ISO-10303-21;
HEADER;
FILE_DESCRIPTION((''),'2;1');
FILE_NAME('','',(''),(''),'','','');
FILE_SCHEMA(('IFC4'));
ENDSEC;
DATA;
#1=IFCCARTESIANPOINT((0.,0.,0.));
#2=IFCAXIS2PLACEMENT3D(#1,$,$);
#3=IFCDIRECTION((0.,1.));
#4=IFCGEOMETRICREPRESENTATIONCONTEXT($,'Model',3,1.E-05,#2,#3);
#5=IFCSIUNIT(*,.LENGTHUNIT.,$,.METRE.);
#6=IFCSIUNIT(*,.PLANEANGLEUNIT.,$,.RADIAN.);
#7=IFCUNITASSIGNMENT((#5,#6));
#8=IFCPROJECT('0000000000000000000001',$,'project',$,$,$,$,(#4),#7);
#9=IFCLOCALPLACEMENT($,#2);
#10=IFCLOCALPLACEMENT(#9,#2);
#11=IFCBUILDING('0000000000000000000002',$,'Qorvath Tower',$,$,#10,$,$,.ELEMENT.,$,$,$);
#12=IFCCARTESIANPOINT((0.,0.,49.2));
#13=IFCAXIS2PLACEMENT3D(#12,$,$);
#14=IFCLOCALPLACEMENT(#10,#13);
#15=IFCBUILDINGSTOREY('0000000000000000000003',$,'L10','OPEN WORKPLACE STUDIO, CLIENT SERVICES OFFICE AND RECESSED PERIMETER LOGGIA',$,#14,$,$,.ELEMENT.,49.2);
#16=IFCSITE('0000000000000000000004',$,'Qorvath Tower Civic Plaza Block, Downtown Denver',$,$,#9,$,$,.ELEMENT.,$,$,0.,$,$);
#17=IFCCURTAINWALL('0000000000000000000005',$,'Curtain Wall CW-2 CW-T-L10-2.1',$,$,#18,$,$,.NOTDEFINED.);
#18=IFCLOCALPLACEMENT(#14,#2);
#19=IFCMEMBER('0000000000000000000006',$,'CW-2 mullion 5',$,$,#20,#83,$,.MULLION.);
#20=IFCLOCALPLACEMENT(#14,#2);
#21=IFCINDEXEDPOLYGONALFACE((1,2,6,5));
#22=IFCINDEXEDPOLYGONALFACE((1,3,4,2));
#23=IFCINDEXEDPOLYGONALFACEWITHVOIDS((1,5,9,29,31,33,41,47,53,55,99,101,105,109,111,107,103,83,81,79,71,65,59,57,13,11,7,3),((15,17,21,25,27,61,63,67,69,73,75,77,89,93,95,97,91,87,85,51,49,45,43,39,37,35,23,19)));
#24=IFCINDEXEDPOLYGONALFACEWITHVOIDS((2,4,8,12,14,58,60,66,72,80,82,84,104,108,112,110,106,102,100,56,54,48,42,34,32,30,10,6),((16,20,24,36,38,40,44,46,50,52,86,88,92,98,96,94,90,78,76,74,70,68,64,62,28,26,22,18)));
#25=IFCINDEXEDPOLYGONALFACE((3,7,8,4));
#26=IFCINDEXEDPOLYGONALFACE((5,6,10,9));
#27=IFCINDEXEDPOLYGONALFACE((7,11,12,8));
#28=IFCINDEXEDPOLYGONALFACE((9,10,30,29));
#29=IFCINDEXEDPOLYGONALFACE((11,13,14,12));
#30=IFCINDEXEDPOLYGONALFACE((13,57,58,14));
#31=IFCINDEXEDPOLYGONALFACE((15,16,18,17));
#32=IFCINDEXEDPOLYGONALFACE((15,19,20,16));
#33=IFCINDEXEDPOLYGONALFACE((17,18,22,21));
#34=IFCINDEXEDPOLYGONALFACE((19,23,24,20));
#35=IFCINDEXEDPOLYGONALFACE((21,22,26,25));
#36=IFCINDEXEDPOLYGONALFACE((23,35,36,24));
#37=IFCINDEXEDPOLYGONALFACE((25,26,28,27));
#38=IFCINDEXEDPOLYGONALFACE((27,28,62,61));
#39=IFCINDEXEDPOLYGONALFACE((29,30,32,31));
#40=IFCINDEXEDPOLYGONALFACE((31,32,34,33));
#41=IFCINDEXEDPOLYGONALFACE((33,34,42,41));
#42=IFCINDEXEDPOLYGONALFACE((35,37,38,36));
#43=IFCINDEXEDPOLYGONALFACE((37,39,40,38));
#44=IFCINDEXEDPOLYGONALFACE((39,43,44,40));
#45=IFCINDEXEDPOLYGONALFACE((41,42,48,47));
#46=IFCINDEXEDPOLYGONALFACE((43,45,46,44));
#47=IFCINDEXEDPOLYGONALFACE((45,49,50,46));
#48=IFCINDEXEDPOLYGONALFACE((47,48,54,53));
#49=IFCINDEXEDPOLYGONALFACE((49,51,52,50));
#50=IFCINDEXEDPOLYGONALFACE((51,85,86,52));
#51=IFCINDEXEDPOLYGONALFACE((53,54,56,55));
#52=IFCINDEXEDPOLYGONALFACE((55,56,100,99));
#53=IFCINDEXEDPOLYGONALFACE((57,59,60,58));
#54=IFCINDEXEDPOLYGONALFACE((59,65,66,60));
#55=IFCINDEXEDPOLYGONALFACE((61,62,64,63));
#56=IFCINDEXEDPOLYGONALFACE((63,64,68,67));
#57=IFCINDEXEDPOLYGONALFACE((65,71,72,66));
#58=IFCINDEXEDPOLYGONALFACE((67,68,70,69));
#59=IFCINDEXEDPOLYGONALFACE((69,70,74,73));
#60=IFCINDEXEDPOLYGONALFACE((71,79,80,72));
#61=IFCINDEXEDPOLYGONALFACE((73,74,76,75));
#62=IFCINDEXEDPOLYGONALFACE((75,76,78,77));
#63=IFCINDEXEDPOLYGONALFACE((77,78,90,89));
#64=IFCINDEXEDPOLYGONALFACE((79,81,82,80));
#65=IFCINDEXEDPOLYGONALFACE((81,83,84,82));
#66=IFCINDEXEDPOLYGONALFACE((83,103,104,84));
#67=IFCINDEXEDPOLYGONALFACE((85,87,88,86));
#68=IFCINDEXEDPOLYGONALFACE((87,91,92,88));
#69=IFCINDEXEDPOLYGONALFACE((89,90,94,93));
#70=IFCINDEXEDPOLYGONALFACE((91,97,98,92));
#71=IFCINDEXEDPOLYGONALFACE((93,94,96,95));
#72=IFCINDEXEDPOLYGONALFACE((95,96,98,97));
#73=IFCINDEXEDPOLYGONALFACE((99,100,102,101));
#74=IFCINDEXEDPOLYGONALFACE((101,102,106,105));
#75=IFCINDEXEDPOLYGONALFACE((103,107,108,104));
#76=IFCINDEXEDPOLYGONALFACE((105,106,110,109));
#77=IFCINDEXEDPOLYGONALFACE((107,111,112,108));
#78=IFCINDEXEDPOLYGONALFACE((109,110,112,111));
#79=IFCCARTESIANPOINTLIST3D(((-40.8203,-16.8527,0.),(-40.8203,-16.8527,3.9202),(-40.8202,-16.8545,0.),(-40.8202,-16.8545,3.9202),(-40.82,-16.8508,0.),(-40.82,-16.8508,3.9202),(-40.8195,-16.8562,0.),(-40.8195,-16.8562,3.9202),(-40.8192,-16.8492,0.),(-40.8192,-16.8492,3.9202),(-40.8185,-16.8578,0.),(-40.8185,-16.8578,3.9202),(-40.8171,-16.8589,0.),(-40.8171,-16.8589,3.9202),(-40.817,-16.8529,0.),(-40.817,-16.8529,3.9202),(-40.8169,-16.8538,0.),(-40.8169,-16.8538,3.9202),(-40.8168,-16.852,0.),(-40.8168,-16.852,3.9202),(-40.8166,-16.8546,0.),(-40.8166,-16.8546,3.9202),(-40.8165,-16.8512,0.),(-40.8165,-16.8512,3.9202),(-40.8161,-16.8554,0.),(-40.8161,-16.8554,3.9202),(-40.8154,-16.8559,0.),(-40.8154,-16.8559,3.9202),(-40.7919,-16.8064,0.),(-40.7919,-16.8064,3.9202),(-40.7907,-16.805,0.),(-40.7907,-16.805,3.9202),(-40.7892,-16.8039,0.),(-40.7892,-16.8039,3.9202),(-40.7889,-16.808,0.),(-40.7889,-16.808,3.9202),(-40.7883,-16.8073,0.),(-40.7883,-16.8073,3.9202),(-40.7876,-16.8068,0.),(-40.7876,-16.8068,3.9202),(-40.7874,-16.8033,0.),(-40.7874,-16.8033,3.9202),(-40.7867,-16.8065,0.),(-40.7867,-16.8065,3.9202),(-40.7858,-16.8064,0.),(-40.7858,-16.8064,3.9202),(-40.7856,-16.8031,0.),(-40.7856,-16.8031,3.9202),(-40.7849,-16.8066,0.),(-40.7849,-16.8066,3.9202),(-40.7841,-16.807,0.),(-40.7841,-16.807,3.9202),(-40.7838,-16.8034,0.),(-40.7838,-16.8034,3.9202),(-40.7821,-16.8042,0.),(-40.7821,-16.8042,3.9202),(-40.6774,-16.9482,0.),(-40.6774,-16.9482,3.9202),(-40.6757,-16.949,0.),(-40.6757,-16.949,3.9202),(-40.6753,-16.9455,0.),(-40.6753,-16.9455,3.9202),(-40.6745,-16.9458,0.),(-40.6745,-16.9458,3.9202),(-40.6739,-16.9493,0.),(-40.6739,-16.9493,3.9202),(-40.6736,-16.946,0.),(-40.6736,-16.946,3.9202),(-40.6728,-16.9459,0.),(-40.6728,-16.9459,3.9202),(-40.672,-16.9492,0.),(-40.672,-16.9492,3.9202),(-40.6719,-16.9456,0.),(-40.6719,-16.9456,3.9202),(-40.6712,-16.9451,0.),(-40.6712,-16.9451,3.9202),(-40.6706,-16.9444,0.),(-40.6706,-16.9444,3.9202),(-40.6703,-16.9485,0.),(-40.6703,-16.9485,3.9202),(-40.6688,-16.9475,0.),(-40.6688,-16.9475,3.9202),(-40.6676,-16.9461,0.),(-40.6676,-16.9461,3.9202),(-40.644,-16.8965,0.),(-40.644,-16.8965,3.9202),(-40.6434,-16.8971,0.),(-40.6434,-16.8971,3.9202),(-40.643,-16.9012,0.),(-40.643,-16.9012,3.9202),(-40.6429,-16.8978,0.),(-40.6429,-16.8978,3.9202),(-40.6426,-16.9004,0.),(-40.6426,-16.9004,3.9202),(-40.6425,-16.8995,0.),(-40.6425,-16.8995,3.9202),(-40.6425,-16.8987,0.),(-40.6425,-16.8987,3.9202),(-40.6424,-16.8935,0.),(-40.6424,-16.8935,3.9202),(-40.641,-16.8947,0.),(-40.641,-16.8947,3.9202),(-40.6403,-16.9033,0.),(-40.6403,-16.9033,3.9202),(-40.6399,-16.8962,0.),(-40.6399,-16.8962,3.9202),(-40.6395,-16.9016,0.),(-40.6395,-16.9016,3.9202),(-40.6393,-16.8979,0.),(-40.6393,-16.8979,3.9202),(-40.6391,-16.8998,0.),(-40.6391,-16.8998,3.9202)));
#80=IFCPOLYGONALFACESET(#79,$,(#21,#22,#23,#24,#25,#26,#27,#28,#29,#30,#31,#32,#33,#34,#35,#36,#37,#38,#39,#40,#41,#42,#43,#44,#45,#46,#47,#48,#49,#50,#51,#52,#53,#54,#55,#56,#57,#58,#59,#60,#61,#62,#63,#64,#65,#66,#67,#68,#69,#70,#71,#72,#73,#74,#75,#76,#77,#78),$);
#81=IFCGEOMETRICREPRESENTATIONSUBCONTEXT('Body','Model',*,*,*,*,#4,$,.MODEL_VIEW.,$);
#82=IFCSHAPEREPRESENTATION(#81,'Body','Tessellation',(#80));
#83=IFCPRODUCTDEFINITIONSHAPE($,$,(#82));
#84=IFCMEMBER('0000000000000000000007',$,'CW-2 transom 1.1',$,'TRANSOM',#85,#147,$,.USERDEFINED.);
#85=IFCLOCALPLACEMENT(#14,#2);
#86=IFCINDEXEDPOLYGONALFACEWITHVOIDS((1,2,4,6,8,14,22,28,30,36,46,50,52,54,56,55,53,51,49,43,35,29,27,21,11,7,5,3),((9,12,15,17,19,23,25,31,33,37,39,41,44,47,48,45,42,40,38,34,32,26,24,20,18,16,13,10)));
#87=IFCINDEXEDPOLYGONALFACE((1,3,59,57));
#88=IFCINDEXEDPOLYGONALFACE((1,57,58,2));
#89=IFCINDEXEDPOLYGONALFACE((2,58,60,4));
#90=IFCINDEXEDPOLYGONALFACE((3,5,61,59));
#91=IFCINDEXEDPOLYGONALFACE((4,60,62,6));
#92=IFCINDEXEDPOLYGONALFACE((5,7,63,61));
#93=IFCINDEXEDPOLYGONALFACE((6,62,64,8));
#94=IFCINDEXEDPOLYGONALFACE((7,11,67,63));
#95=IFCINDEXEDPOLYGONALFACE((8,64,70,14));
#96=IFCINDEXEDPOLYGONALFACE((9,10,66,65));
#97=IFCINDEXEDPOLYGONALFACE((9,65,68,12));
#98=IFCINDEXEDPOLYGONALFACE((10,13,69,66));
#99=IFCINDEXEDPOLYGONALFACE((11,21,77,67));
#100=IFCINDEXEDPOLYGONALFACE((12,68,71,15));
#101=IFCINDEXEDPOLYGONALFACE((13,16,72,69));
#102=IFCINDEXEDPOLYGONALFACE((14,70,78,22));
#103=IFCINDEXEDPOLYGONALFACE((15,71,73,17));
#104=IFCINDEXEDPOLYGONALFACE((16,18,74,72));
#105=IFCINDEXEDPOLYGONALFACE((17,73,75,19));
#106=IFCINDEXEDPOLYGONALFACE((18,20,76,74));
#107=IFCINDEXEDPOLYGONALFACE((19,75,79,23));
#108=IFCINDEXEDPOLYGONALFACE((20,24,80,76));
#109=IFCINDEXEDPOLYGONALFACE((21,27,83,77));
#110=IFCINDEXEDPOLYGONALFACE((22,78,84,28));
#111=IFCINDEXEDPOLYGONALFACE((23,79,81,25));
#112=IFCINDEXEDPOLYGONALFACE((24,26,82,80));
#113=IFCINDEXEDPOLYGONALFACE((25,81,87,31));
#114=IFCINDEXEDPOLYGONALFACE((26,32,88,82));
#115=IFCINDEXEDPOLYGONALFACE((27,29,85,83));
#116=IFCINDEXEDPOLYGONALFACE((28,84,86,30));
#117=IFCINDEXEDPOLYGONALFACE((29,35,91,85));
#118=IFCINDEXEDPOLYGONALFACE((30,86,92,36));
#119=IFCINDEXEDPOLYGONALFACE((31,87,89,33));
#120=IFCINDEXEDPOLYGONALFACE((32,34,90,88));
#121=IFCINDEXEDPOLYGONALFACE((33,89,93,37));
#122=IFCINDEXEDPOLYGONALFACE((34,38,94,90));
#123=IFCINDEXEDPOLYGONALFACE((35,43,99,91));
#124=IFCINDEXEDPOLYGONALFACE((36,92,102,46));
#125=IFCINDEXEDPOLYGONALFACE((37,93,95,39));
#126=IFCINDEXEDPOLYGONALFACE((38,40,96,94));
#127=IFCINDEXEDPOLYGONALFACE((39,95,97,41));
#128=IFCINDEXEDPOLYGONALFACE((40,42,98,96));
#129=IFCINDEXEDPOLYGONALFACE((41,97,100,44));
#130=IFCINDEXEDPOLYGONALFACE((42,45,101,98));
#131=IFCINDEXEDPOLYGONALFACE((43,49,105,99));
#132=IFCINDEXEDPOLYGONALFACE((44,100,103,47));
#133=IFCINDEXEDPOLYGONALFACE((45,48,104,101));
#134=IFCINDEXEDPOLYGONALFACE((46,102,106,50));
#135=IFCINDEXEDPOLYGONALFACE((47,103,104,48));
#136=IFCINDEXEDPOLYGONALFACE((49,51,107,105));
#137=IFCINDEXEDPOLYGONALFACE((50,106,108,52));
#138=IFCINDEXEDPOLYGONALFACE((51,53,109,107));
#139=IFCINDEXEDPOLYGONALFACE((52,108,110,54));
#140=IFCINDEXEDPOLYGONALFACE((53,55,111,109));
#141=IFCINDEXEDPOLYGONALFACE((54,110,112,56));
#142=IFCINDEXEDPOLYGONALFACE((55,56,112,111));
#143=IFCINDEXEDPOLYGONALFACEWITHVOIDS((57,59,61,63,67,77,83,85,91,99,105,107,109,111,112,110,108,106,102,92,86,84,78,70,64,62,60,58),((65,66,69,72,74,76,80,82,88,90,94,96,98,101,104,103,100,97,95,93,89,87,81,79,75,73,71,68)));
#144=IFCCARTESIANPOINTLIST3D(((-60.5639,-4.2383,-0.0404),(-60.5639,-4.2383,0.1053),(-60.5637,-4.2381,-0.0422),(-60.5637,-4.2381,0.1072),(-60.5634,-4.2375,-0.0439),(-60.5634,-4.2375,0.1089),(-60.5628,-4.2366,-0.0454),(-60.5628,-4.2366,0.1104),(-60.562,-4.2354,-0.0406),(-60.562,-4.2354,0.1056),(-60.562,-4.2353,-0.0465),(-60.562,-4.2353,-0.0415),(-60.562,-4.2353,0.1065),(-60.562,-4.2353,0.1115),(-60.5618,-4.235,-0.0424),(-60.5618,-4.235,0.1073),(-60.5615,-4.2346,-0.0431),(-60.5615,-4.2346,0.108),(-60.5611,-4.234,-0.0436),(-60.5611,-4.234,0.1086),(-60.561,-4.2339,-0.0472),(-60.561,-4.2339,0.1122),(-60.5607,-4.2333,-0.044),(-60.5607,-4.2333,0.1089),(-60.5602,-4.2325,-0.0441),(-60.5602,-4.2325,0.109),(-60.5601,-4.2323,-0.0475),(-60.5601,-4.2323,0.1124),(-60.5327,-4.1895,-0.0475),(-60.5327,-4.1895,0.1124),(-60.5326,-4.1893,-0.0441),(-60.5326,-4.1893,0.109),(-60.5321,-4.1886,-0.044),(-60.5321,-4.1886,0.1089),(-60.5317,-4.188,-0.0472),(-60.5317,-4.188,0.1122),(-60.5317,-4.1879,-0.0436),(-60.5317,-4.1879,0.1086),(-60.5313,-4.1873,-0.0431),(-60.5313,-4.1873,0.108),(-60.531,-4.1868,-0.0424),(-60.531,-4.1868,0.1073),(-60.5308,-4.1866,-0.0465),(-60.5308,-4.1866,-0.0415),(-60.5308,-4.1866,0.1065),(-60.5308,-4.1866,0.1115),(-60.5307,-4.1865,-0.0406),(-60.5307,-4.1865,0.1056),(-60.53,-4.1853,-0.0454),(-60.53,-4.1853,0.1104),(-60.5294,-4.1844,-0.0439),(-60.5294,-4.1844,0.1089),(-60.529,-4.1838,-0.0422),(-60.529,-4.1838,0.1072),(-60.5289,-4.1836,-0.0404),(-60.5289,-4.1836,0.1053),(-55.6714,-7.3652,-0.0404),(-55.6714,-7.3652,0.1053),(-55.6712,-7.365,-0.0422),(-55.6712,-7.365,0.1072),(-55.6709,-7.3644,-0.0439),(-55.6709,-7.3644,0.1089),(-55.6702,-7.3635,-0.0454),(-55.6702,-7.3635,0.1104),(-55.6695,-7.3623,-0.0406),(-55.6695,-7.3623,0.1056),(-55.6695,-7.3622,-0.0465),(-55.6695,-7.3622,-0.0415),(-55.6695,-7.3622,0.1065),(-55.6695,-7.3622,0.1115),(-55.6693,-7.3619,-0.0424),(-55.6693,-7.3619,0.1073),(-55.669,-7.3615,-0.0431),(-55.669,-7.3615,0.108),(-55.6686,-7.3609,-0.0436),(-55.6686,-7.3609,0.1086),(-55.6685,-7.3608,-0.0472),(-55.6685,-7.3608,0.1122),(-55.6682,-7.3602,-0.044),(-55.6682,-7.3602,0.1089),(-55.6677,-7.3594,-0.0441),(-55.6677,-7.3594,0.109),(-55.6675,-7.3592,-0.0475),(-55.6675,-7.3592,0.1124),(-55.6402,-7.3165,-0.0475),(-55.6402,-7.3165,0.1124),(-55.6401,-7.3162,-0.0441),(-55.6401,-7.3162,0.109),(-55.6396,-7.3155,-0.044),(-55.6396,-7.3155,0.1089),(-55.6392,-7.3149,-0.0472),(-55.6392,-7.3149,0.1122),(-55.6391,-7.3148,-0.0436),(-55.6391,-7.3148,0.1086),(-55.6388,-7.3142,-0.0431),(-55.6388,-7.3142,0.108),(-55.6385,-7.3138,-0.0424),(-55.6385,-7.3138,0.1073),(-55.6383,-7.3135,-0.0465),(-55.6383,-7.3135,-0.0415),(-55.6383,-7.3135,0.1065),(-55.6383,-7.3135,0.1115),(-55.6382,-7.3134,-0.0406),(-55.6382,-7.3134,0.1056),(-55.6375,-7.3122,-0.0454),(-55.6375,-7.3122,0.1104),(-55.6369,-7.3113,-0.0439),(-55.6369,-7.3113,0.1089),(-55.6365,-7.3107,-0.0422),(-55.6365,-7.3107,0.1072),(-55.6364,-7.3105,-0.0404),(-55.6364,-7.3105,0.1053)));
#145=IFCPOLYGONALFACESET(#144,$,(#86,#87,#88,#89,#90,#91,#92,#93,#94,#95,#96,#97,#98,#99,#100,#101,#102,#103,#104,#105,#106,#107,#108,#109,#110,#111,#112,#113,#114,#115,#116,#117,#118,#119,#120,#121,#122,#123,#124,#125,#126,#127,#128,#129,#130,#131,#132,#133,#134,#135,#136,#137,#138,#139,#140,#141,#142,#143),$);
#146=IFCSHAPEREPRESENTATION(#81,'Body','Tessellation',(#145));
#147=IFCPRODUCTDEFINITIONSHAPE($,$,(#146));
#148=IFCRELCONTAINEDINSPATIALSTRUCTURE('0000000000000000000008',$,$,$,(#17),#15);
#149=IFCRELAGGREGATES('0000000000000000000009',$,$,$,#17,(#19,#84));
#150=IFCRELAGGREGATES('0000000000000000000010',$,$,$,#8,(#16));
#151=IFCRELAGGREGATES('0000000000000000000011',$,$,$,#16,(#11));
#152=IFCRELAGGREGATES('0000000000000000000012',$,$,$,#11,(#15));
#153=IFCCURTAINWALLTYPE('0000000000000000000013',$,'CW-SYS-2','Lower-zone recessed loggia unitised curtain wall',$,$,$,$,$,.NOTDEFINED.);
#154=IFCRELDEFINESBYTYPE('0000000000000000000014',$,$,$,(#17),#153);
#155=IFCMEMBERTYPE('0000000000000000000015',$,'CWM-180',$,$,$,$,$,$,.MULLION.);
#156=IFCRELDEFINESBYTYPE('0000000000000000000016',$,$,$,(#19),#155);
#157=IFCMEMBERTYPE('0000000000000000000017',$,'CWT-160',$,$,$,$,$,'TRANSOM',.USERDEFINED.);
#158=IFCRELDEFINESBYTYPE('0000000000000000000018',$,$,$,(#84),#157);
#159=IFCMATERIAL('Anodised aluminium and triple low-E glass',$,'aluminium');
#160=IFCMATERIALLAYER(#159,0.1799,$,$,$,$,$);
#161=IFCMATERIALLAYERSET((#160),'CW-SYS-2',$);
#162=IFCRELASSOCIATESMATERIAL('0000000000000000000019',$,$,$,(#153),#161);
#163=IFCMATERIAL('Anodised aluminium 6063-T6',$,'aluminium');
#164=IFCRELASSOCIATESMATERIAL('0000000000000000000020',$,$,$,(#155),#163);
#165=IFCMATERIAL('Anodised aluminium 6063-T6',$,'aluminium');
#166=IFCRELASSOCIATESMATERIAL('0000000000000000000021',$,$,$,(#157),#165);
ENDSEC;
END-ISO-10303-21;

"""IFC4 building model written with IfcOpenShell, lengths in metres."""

from ifc_helpers import new_model, si_unit, direction, frame, origin, origin_2d, place, context, subcontext, project, spatial, hollow_rectangle, extrude, material, layer, layer_set, material_profile, profile_set, type_object, element, aggregate, save


model = new_model("IFC4")

# Units and contexts
model_context = context("Model", 3, precision=1e-05, world=origin(), true_north=direction((0.0, 1.0)))
body_context = subcontext(model_context, "Body", "Model", "MODEL_VIEW")
ifc_project = project(units=[si_unit("LENGTHUNIT", "METRE"), si_unit("PLANEANGLEUNIT", "RADIAN")], contexts=[model_context])

# Site, building, storey
site_placement = place(None, origin())
site = spatial("IfcSite", under=ifc_project, at=site_placement, Name="Qorvath Tower Civic Plaza Block, Downtown Denver", CompositionType="ELEMENT", RefElevation=0.0)
building_placement = place(site_placement, origin())
building = spatial("IfcBuilding", under=site, at=building_placement, Name="Qorvath Tower", CompositionType="ELEMENT")
storey_placement = place(building_placement, frame((0.0, 0.0, 49.2)))
storey = spatial("IfcBuildingStorey", under=building, at=storey_placement, Name="L10", Description="OPEN WORKPLACE STUDIO, CLIENT SERVICES OFFICE AND RECESSED PERIMETER LOGGIA", CompositionType="ELEMENT", Elevation=49.2)

# Curtain wall, members
ifc_material_1 = material(Name="Anodised aluminium and triple low-E glass", Category="aluminium")
ifc_layer_1 = layer(ifc_material_1, 0.1799)
ifc_layer_set_1 = layer_set([ifc_layer_1], Name="CW-SYS-2")
curtain_wall_type = type_object("IfcCurtainWallType", Name="CW-SYS-2", Description="Lower-zone recessed loggia unitised curtain wall", PredefinedType="NOTDEFINED", material=ifc_layer_set_1)
curtain_wall_placement = place(storey_placement, origin())
curtain_wall = element("IfcCurtainWall", 1, at=curtain_wall_placement, inside=storey, type_object=curtain_wall_type, Name="Curtain Wall CW-2 CW-T-L10-2.1", PredefinedType="NOTDEFINED")
ifc_material_2 = material(Name="Anodised aluminium 6063-T6", Category="aluminium")
ifc_material_profile_1 = material_profile(ifc_material_2, hollow_rectangle(XDim=0.0649, YDim=0.1799, WallThickness=0.0034, InnerFilletRadius=0.0034, OuterFilletRadius=0.0071, at=origin_2d()), Name="CWM 180x65")
ifc_profile_set_1 = profile_set([ifc_material_profile_1], Name="Anodised aluminium 6063-T6")
member_type_1 = type_object("IfcMemberType", Name="CWM-180", PredefinedType="MULLION", material=ifc_profile_set_1)
member_1_placement = place(storey_placement, frame((-40.7297, -16.8762, 0.0), z_axis=(0.0, 0.0, 1.0), x_axis=(0.538532, 0.842605, 0.0)))
member_1 = element("IfcMember", 2, at=member_1_placement, type_object=member_type_1, Name="CW-2 mullion 5", PredefinedType="MULLION", context=body_context, shape_type="SweptSolid", body=[
    extrude(hollow_rectangle(XDim=0.0649, YDim=0.1799, WallThickness=0.0034, InnerFilletRadius=0.0034, OuterFilletRadius=0.0071, at=origin_2d()), origin(), (0.0, 0.0, 1.0), 3.9202),
])
ifc_material_3 = material(Name="Anodised aluminium 6063-T6", Category="aluminium")
ifc_material_profile_2 = material_profile(ifc_material_3, hollow_rectangle(XDim=0.0649, YDim=0.1599, WallThickness=0.0034, InnerFilletRadius=0.0034, OuterFilletRadius=0.0071, at=origin_2d()), Name="CWT 160x65")
ifc_profile_set_2 = profile_set([ifc_material_profile_2], Name="Anodised aluminium 6063-T6")
member_type_2 = type_object("IfcMemberType", Name="CWT-160", ElementType="TRANSOM", PredefinedType="USERDEFINED", material=ifc_profile_set_2)
member_2_placement = place(storey_placement, frame((-60.5464, -4.2109, 0.0325), z_axis=(0.842607, -0.538529, 0.0), x_axis=(0.538529, 0.842607, 0.0)))
member_2 = element("IfcMember", 3, at=member_2_placement, type_object=member_type_2, Name="CW-2 transom 1.1", ObjectType="TRANSOM", PredefinedType="USERDEFINED", context=body_context, shape_type="SweptSolid", body=[
    extrude(hollow_rectangle(XDim=0.0649, YDim=0.1599, WallThickness=0.0034, InnerFilletRadius=0.0034, OuterFilletRadius=0.0071, at=origin_2d()), origin(), (0.0, 0.0, 1.0), 5.8064),
])

aggregate(curtain_wall, [member_1, member_2])

save(model, "model.ifc")
